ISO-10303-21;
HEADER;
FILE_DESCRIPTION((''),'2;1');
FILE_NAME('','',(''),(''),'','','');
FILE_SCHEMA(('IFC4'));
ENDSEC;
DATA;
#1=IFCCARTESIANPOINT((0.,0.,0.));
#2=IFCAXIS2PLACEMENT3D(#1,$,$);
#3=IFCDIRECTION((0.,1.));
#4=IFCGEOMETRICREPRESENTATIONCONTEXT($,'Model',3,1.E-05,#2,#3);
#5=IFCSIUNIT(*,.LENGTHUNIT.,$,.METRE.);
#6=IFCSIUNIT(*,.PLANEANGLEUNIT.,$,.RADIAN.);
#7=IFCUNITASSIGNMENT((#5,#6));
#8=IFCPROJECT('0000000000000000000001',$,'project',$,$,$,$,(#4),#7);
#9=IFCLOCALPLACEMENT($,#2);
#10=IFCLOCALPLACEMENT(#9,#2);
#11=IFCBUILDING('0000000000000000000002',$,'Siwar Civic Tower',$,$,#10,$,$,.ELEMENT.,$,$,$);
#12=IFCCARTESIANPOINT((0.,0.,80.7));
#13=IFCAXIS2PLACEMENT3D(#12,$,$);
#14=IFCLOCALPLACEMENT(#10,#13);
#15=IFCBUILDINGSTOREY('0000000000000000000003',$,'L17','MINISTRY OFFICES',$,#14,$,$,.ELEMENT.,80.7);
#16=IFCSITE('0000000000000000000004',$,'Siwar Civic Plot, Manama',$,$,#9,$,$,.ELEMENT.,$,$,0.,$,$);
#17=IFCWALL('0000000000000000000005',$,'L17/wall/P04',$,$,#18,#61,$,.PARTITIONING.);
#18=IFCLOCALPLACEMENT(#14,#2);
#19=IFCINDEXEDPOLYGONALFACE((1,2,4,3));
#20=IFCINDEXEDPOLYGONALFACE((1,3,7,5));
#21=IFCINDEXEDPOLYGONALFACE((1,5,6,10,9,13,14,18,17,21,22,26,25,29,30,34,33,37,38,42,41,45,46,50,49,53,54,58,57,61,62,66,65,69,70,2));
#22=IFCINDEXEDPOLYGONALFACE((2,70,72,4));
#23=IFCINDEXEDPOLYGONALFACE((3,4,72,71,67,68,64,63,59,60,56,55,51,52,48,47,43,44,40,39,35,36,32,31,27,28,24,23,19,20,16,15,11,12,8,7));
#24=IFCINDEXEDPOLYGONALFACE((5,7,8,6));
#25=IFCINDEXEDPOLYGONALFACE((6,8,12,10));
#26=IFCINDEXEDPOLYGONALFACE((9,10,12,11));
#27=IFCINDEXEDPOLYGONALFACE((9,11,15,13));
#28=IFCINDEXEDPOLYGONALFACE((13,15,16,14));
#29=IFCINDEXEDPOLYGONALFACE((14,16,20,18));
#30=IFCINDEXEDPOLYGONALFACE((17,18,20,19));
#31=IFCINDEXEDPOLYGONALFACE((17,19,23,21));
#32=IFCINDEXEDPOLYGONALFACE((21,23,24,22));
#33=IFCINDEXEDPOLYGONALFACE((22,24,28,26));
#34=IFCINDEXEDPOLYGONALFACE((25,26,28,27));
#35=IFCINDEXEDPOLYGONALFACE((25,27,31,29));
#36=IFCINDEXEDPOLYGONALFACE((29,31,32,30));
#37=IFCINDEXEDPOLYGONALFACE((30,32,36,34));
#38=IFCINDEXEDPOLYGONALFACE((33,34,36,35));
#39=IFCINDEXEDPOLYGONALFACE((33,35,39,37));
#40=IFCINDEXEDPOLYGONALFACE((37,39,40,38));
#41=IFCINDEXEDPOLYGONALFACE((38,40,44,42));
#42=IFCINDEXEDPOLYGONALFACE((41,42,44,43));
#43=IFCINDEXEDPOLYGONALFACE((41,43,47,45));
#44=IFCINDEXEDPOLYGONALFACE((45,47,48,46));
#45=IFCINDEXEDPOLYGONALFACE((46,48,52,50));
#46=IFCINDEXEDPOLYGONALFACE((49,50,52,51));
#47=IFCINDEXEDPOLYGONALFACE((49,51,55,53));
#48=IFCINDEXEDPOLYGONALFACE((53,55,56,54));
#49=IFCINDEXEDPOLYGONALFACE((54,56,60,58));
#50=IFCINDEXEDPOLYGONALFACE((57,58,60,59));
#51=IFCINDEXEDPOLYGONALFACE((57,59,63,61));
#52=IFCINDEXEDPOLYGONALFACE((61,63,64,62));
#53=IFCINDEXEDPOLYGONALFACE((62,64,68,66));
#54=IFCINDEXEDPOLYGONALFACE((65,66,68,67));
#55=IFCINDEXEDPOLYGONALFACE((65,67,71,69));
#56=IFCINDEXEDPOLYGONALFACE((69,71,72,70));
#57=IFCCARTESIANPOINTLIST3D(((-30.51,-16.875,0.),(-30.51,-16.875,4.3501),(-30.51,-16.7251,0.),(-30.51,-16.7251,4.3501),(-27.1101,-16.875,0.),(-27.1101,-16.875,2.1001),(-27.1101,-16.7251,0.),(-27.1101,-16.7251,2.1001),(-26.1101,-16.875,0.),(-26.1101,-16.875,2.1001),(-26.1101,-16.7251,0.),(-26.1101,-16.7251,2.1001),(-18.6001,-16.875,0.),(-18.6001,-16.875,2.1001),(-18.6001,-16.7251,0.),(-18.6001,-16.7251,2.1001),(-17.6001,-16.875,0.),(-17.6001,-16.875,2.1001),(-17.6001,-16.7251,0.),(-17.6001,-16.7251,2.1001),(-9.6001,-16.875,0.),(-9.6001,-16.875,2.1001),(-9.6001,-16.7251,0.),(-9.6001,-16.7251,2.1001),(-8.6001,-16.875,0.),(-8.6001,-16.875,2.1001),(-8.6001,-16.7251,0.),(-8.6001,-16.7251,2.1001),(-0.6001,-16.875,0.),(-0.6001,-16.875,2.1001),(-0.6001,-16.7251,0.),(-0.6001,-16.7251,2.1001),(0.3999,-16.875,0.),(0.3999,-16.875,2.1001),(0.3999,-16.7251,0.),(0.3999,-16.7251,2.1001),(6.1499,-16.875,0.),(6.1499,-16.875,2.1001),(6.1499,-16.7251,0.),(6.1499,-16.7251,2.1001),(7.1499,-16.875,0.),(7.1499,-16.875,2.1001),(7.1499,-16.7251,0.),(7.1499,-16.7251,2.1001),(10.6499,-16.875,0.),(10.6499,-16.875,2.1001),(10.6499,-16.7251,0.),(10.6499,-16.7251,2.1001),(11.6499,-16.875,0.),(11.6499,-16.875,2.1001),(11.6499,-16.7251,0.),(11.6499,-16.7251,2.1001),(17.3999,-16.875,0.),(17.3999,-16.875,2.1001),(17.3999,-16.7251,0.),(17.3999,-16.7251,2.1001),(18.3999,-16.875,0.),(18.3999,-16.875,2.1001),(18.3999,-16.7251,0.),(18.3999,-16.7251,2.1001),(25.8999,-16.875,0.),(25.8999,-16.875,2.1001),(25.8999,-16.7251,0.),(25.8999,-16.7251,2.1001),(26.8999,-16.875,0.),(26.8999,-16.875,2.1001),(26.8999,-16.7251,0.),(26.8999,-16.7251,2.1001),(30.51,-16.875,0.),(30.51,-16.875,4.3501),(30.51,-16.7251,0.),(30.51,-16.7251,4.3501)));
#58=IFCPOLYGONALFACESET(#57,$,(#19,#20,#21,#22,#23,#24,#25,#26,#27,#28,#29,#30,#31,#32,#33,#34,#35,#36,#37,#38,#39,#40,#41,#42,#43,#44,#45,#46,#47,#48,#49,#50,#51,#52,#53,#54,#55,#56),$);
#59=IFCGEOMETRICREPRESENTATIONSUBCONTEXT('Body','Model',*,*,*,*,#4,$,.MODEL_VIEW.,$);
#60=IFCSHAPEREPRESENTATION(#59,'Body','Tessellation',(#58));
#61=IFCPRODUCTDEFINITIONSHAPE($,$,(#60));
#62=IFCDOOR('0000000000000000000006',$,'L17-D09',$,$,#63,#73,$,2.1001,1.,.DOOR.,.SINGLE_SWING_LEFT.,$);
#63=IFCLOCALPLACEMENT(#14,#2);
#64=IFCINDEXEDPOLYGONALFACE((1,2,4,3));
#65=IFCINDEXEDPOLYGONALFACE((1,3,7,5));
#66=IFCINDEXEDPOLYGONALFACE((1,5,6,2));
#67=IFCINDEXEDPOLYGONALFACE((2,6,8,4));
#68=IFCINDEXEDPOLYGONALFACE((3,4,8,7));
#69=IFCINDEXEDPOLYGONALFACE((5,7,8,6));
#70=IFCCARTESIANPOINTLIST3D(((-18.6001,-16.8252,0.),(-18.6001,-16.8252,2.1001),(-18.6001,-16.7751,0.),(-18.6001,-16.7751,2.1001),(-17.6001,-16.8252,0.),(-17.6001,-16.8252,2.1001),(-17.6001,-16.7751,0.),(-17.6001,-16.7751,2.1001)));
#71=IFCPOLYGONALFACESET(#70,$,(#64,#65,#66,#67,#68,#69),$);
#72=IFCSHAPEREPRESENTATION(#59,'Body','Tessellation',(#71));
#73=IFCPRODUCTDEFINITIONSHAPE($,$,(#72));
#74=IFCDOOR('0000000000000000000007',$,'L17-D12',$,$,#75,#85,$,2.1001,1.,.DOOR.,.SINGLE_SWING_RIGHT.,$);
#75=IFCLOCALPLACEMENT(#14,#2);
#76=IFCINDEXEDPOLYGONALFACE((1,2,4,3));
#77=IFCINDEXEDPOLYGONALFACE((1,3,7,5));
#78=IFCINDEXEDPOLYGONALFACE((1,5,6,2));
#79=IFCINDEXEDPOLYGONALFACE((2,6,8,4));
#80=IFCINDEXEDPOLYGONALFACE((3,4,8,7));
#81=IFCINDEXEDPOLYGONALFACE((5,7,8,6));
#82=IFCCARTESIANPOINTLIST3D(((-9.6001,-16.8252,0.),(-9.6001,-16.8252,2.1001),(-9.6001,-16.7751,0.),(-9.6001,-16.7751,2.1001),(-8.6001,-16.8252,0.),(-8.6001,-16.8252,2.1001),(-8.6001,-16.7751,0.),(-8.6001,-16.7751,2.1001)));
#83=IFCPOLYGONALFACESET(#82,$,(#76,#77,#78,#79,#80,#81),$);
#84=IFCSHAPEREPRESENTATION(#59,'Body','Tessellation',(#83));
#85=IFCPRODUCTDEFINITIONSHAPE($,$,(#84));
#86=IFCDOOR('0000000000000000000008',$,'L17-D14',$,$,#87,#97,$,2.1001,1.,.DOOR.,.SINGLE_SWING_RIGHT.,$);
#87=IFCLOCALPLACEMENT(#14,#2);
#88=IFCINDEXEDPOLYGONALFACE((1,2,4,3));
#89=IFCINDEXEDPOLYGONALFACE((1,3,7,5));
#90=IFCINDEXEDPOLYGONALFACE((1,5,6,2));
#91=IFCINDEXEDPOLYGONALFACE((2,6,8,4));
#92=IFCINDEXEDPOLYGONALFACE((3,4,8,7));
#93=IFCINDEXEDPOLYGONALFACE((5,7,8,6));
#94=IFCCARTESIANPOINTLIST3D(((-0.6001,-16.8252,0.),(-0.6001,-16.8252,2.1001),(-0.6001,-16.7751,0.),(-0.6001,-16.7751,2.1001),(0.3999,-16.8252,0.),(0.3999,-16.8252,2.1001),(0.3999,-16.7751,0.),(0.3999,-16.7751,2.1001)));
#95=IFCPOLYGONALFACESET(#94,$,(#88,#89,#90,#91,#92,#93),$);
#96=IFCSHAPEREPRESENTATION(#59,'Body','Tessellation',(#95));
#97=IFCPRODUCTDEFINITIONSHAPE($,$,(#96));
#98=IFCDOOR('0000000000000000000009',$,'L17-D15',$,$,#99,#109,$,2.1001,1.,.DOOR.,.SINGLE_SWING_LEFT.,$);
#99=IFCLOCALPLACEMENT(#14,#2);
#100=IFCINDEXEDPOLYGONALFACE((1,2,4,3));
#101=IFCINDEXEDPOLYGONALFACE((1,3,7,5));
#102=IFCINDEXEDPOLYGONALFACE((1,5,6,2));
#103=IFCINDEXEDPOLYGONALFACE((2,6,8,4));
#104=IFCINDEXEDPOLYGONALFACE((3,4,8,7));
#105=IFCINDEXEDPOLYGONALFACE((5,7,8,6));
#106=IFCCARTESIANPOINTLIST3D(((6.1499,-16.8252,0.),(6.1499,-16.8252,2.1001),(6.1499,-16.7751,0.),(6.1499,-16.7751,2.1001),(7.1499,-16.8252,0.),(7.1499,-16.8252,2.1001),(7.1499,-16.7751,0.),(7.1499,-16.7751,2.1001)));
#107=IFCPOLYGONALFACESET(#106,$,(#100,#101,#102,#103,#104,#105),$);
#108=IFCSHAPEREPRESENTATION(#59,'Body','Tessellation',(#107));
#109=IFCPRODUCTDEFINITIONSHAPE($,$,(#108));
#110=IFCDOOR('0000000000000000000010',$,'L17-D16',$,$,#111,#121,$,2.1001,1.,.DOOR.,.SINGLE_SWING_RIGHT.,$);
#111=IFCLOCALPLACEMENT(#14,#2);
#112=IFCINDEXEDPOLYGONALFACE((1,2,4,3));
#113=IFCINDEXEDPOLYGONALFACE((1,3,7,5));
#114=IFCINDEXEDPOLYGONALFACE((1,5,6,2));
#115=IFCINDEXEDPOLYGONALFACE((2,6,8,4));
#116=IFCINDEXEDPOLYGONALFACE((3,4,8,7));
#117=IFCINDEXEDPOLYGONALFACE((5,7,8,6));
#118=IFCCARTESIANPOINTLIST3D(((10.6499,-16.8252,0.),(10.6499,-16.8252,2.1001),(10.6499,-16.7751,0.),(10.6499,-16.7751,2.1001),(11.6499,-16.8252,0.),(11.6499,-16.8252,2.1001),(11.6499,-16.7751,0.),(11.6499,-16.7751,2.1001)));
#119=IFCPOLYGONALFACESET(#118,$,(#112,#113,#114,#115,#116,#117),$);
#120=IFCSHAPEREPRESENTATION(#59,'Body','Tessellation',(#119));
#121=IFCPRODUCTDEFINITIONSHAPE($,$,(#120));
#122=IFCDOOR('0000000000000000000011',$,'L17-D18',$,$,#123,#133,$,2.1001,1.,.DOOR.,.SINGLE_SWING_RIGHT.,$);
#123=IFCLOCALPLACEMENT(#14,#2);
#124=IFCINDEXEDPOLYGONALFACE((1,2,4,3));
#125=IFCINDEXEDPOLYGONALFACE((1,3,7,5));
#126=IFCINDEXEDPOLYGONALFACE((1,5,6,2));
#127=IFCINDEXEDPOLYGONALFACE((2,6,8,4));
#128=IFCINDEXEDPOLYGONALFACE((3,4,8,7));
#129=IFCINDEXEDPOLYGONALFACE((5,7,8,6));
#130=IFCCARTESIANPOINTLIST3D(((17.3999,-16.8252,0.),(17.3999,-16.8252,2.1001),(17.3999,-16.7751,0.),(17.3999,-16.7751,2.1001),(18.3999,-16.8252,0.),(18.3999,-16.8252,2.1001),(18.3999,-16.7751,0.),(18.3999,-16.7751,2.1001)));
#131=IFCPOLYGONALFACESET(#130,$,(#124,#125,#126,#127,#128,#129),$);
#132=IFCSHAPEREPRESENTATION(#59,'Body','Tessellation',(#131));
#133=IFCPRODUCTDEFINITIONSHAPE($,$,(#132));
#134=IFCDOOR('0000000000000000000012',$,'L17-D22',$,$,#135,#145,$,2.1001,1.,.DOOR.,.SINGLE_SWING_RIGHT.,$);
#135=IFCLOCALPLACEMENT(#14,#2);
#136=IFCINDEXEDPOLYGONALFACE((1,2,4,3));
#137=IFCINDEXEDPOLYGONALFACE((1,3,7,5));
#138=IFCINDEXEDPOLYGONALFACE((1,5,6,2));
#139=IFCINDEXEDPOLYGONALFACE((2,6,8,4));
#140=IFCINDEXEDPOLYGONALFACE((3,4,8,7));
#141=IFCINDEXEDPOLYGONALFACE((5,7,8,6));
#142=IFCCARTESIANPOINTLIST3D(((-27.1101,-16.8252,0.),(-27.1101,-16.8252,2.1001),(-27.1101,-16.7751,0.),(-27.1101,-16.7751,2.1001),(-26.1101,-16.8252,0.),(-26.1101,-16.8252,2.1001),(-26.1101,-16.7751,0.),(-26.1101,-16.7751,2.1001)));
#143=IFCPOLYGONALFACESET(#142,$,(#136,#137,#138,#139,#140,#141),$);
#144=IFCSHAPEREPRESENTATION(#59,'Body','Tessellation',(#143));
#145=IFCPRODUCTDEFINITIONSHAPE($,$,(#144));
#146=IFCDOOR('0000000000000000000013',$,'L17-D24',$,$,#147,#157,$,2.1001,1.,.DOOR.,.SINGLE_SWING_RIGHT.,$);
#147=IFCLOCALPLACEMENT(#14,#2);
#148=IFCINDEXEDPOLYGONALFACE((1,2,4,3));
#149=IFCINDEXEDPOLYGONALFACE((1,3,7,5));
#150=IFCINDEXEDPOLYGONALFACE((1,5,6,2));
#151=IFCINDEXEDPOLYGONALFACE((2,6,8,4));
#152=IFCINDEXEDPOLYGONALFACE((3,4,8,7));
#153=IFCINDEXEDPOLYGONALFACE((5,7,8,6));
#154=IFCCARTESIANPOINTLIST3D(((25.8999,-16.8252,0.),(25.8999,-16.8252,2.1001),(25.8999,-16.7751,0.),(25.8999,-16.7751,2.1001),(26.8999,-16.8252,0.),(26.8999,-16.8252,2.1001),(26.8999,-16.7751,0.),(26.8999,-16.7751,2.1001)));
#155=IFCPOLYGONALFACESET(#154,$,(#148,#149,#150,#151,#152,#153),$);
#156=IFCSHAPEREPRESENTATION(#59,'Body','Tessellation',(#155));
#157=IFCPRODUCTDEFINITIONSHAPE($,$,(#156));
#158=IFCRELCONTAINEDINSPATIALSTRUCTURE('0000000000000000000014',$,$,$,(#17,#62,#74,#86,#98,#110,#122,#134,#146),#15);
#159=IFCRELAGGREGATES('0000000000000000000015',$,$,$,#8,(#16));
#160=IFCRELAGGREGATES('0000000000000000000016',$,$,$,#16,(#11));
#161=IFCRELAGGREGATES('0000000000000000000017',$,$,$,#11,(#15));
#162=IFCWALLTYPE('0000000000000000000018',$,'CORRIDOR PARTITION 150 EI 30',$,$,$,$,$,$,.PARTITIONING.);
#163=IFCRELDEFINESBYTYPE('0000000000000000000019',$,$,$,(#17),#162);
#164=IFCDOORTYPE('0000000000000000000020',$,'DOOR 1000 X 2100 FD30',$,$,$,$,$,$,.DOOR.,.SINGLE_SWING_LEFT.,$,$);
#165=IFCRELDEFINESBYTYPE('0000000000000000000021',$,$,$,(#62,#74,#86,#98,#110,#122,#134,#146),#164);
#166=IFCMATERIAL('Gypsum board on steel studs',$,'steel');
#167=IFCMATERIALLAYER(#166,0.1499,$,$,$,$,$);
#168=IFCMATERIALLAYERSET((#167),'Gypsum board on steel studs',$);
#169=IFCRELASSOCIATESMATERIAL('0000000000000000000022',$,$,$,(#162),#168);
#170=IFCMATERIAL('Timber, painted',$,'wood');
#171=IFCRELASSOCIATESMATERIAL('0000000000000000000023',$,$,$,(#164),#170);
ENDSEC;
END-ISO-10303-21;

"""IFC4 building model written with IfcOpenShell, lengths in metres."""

from ifc_helpers import new_model, si_unit, direction, frame, frame_2d, origin, place, context, subcontext, project, spatial, rectangle, extrude, material, layer, layer_set, type_object, element, fill, save


model = new_model("IFC4")

# Units and contexts
model_context = context("Model", 3, precision=1e-05, world=origin(), true_north=direction((0.0, 1.0)))
body_context = subcontext(model_context, "Body", "Model", "MODEL_VIEW")
ifc_project = project(units=[si_unit("LENGTHUNIT", "METRE"), si_unit("PLANEANGLEUNIT", "RADIAN")], contexts=[model_context])

# Site, building, storey
site_placement = place(None, origin())
site = spatial("IfcSite", under=ifc_project, at=site_placement, Name="Siwar Civic Plot, Manama", CompositionType="ELEMENT", RefElevation=0.0)
building_placement = place(site_placement, origin())
building = spatial("IfcBuilding", under=site, at=building_placement, Name="Siwar Civic Tower", CompositionType="ELEMENT")
storey_placement = place(building_placement, frame((0.0, 0.0, 80.7)))
storey = spatial("IfcBuildingStorey", under=building, at=storey_placement, Name="L17", Description="MINISTRY OFFICES", CompositionType="ELEMENT", Elevation=80.7)

# Wall, openings, doors
ifc_material_1 = material(Name="Gypsum board on steel studs", Category="steel")
ifc_layer_1 = layer(ifc_material_1, 0.1499)
ifc_layer_set_1 = layer_set([ifc_layer_1], Name="Gypsum board on steel studs")
wall_type_1 = type_object("IfcWallType", Name="CORRIDOR PARTITION 150 EI 30", PredefinedType="PARTITIONING", material=ifc_layer_set_1)
wall_1_placement = place(storey_placement, frame((-30.51, -16.8, 0.0), z_axis=(0.0, 0.0, 1.0), x_axis=(1.0, 0.0, 0.0)))
wall_1 = element("IfcWall", 1, at=wall_1_placement, inside=storey, type_object=wall_type_1, Name="L17/wall/P04", PredefinedType="PARTITIONING", context=body_context, shape_type="SweptSolid", body=[
    extrude(rectangle(XDim=61.02, YDim=0.1499, at=frame_2d((30.51, 0.0))), origin(), (0.0, 0.0, 1.0), 4.3501),
])
opening_1_placement = place(wall_1_placement, frame((11.9099, 0.0, 0.0)))
opening_1 = element("IfcOpeningElement", 2, at=opening_1_placement, cuts=wall_1, PredefinedType="OPENING", context=body_context, shape_type="SweptSolid", body=[
    extrude(rectangle(XDim=1.0, YDim=2.1001, at=frame_2d((0.5, 1.05))), frame((0.0, 0.085, 0.0), z_axis=(0.0, -1.0, 0.0), x_axis=(1.0, 0.0, 0.0)), (0.0, 0.0, 1.0), 0.1699),
])
opening_2_placement = place(wall_1_placement, frame((20.9099, 0.0, 0.0)))
opening_2 = element("IfcOpeningElement", 3, at=opening_2_placement, cuts=wall_1, PredefinedType="OPENING", context=body_context, shape_type="SweptSolid", body=[
    extrude(rectangle(XDim=1.0, YDim=2.1001, at=frame_2d((0.5, 1.05))), frame((0.0, 0.085, 0.0), z_axis=(0.0, -1.0, 0.0), x_axis=(1.0, 0.0, 0.0)), (0.0, 0.0, 1.0), 0.1699),
])
opening_3_placement = place(wall_1_placement, frame((29.9099, 0.0, 0.0)))
opening_3 = element("IfcOpeningElement", 4, at=opening_3_placement, cuts=wall_1, PredefinedType="OPENING", context=body_context, shape_type="SweptSolid", body=[
    extrude(rectangle(XDim=1.0, YDim=2.1001, at=frame_2d((0.5, 1.05))), frame((0.0, 0.085, 0.0), z_axis=(0.0, -1.0, 0.0), x_axis=(1.0, 0.0, 0.0)), (0.0, 0.0, 1.0), 0.1699),
])
opening_4_placement = place(wall_1_placement, frame((36.6599, 0.0, 0.0)))
opening_4 = element("IfcOpeningElement", 5, at=opening_4_placement, cuts=wall_1, PredefinedType="OPENING", context=body_context, shape_type="SweptSolid", body=[
    extrude(rectangle(XDim=1.0, YDim=2.1001, at=frame_2d((0.5, 1.05))), frame((0.0, 0.085, 0.0), z_axis=(0.0, -1.0, 0.0), x_axis=(1.0, 0.0, 0.0)), (0.0, 0.0, 1.0), 0.1699),
])
opening_5_placement = place(wall_1_placement, frame((41.1599, 0.0, 0.0)))
opening_5 = element("IfcOpeningElement", 6, at=opening_5_placement, cuts=wall_1, PredefinedType="OPENING", context=body_context, shape_type="SweptSolid", body=[
    extrude(rectangle(XDim=1.0, YDim=2.1001, at=frame_2d((0.5, 1.05))), frame((0.0, 0.085, 0.0), z_axis=(0.0, -1.0, 0.0), x_axis=(1.0, 0.0, 0.0)), (0.0, 0.0, 1.0), 0.1699),
])
opening_6_placement = place(wall_1_placement, frame((47.9099, 0.0, 0.0)))
opening_6 = element("IfcOpeningElement", 7, at=opening_6_placement, cuts=wall_1, PredefinedType="OPENING", context=body_context, shape_type="SweptSolid", body=[
    extrude(rectangle(XDim=1.0, YDim=2.1001, at=frame_2d((0.5, 1.05))), frame((0.0, 0.085, 0.0), z_axis=(0.0, -1.0, 0.0), x_axis=(1.0, 0.0, 0.0)), (0.0, 0.0, 1.0), 0.1699),
])
opening_7_placement = place(wall_1_placement, frame((3.3999, 0.0, 0.0)))
opening_7 = element("IfcOpeningElement", 8, at=opening_7_placement, cuts=wall_1, PredefinedType="OPENING", context=body_context, shape_type="SweptSolid", body=[
    extrude(rectangle(XDim=1.0, YDim=2.1001, at=frame_2d((0.5, 1.05))), frame((0.0, 0.085, 0.0), z_axis=(0.0, -1.0, 0.0), x_axis=(1.0, 0.0, 0.0)), (0.0, 0.0, 1.0), 0.1699),
])
opening_8_placement = place(wall_1_placement, frame((56.4099, 0.0, 0.0)))
opening_8 = element("IfcOpeningElement", 9, at=opening_8_placement, cuts=wall_1, PredefinedType="OPENING", context=body_context, shape_type="SweptSolid", body=[
    extrude(rectangle(XDim=1.0, YDim=2.1001, at=frame_2d((0.5, 1.05))), frame((0.0, 0.085, 0.0), z_axis=(0.0, -1.0, 0.0), x_axis=(1.0, 0.0, 0.0)), (0.0, 0.0, 1.0), 0.1699),
])
ifc_material_2 = material(Name="Timber, painted", Category="wood")
door_type_1 = type_object("IfcDoorType", Name="DOOR 1000 X 2100 FD30", OperationType="SINGLE_SWING_LEFT", PredefinedType="DOOR", material=ifc_material_2)
door_1_placement = place(opening_1_placement, origin())
door_1 = element("IfcDoor", 10, at=door_1_placement, inside=storey, type_object=door_type_1, Name="L17-D09", OperationType="SINGLE_SWING_LEFT", OverallHeight=2.1001, OverallWidth=1.0, PredefinedType="DOOR", context=body_context, shape_type="SweptSolid", body=[
    extrude(rectangle(XDim=1.0, YDim=2.1001, at=frame_2d((0.5, 1.05))), frame((0.0, 0.0249, 0.0), z_axis=(0.0, -1.0, 0.0), x_axis=(1.0, 0.0, 0.0)), (0.0, 0.0, 1.0), 0.05),
])
fill(opening_1, door_1)
door_2_placement = place(opening_2_placement, origin())
door_2 = element("IfcDoor", 11, at=door_2_placement, inside=storey, type_object=door_type_1, Name="L17-D12", OperationType="SINGLE_SWING_RIGHT", OverallHeight=2.1001, OverallWidth=1.0, PredefinedType="DOOR", context=body_context, shape_type="SweptSolid", body=[
    extrude(rectangle(XDim=1.0, YDim=2.1001, at=frame_2d((0.5, 1.05))), frame((0.0, 0.0249, 0.0), z_axis=(0.0, -1.0, 0.0), x_axis=(1.0, 0.0, 0.0)), (0.0, 0.0, 1.0), 0.05),
])
fill(opening_2, door_2)
door_3_placement = place(opening_3_placement, origin())
door_3 = element("IfcDoor", 12, at=door_3_placement, inside=storey, type_object=door_type_1, Name="L17-D14", OperationType="SINGLE_SWING_RIGHT", OverallHeight=2.1001, OverallWidth=1.0, PredefinedType="DOOR", context=body_context, shape_type="SweptSolid", body=[
    extrude(rectangle(XDim=1.0, YDim=2.1001, at=frame_2d((0.5, 1.05))), frame((0.0, 0.0249, 0.0), z_axis=(0.0, -1.0, 0.0), x_axis=(1.0, 0.0, 0.0)), (0.0, 0.0, 1.0), 0.05),
])
fill(opening_3, door_3)
door_4_placement = place(opening_4_placement, origin())
door_4 = element("IfcDoor", 13, at=door_4_placement, inside=storey, type_object=door_type_1, Name="L17-D15", OperationType="SINGLE_SWING_LEFT", OverallHeight=2.1001, OverallWidth=1.0, PredefinedType="DOOR", context=body_context, shape_type="SweptSolid", body=[
    extrude(rectangle(XDim=1.0, YDim=2.1001, at=frame_2d((0.5, 1.05))), frame((0.0, 0.0249, 0.0), z_axis=(0.0, -1.0, 0.0), x_axis=(1.0, 0.0, 0.0)), (0.0, 0.0, 1.0), 0.05),
])
fill(opening_4, door_4)
door_5_placement = place(opening_5_placement, origin())
door_5 = element("IfcDoor", 14, at=door_5_placement, inside=storey, type_object=door_type_1, Name="L17-D16", OperationType="SINGLE_SWING_RIGHT", OverallHeight=2.1001, OverallWidth=1.0, PredefinedType="DOOR", context=body_context, shape_type="SweptSolid", body=[
    extrude(rectangle(XDim=1.0, YDim=2.1001, at=frame_2d((0.5, 1.05))), frame((0.0, 0.0249, 0.0), z_axis=(0.0, -1.0, 0.0), x_axis=(1.0, 0.0, 0.0)), (0.0, 0.0, 1.0), 0.05),
])
fill(opening_5, door_5)
door_6_placement = place(opening_6_placement, origin())
door_6 = element("IfcDoor", 15, at=door_6_placement, inside=storey, type_object=door_type_1, Name="L17-D18", OperationType="SINGLE_SWING_RIGHT", OverallHeight=2.1001, OverallWidth=1.0, PredefinedType="DOOR", context=body_context, shape_type="SweptSolid", body=[
    extrude(rectangle(XDim=1.0, YDim=2.1001, at=frame_2d((0.5, 1.05))), frame((0.0, 0.0249, 0.0), z_axis=(0.0, -1.0, 0.0), x_axis=(1.0, 0.0, 0.0)), (0.0, 0.0, 1.0), 0.05),
])
fill(opening_6, door_6)
door_7_placement = place(opening_7_placement, origin())
door_7 = element("IfcDoor", 16, at=door_7_placement, inside=storey, type_object=door_type_1, Name="L17-D22", OperationType="SINGLE_SWING_RIGHT", OverallHeight=2.1001, OverallWidth=1.0, PredefinedType="DOOR", context=body_context, shape_type="SweptSolid", body=[
    extrude(rectangle(XDim=1.0, YDim=2.1001, at=frame_2d((0.5, 1.05))), frame((0.0, 0.0249, 0.0), z_axis=(0.0, -1.0, 0.0), x_axis=(1.0, 0.0, 0.0)), (0.0, 0.0, 1.0), 0.05),
])
fill(opening_7, door_7)
door_8_placement = place(opening_8_placement, origin())
door_8 = element("IfcDoor", 17, at=door_8_placement, inside=storey, type_object=door_type_1, Name="L17-D24", OperationType="SINGLE_SWING_RIGHT", OverallHeight=2.1001, OverallWidth=1.0, PredefinedType="DOOR", context=body_context, shape_type="SweptSolid", body=[
    extrude(rectangle(XDim=1.0, YDim=2.1001, at=frame_2d((0.5, 1.05))), frame((0.0, 0.0249, 0.0), z_axis=(0.0, -1.0, 0.0), x_axis=(1.0, 0.0, 0.0)), (0.0, 0.0, 1.0), 0.05),
])
fill(opening_8, door_8)

save(model, "model.ifc")
